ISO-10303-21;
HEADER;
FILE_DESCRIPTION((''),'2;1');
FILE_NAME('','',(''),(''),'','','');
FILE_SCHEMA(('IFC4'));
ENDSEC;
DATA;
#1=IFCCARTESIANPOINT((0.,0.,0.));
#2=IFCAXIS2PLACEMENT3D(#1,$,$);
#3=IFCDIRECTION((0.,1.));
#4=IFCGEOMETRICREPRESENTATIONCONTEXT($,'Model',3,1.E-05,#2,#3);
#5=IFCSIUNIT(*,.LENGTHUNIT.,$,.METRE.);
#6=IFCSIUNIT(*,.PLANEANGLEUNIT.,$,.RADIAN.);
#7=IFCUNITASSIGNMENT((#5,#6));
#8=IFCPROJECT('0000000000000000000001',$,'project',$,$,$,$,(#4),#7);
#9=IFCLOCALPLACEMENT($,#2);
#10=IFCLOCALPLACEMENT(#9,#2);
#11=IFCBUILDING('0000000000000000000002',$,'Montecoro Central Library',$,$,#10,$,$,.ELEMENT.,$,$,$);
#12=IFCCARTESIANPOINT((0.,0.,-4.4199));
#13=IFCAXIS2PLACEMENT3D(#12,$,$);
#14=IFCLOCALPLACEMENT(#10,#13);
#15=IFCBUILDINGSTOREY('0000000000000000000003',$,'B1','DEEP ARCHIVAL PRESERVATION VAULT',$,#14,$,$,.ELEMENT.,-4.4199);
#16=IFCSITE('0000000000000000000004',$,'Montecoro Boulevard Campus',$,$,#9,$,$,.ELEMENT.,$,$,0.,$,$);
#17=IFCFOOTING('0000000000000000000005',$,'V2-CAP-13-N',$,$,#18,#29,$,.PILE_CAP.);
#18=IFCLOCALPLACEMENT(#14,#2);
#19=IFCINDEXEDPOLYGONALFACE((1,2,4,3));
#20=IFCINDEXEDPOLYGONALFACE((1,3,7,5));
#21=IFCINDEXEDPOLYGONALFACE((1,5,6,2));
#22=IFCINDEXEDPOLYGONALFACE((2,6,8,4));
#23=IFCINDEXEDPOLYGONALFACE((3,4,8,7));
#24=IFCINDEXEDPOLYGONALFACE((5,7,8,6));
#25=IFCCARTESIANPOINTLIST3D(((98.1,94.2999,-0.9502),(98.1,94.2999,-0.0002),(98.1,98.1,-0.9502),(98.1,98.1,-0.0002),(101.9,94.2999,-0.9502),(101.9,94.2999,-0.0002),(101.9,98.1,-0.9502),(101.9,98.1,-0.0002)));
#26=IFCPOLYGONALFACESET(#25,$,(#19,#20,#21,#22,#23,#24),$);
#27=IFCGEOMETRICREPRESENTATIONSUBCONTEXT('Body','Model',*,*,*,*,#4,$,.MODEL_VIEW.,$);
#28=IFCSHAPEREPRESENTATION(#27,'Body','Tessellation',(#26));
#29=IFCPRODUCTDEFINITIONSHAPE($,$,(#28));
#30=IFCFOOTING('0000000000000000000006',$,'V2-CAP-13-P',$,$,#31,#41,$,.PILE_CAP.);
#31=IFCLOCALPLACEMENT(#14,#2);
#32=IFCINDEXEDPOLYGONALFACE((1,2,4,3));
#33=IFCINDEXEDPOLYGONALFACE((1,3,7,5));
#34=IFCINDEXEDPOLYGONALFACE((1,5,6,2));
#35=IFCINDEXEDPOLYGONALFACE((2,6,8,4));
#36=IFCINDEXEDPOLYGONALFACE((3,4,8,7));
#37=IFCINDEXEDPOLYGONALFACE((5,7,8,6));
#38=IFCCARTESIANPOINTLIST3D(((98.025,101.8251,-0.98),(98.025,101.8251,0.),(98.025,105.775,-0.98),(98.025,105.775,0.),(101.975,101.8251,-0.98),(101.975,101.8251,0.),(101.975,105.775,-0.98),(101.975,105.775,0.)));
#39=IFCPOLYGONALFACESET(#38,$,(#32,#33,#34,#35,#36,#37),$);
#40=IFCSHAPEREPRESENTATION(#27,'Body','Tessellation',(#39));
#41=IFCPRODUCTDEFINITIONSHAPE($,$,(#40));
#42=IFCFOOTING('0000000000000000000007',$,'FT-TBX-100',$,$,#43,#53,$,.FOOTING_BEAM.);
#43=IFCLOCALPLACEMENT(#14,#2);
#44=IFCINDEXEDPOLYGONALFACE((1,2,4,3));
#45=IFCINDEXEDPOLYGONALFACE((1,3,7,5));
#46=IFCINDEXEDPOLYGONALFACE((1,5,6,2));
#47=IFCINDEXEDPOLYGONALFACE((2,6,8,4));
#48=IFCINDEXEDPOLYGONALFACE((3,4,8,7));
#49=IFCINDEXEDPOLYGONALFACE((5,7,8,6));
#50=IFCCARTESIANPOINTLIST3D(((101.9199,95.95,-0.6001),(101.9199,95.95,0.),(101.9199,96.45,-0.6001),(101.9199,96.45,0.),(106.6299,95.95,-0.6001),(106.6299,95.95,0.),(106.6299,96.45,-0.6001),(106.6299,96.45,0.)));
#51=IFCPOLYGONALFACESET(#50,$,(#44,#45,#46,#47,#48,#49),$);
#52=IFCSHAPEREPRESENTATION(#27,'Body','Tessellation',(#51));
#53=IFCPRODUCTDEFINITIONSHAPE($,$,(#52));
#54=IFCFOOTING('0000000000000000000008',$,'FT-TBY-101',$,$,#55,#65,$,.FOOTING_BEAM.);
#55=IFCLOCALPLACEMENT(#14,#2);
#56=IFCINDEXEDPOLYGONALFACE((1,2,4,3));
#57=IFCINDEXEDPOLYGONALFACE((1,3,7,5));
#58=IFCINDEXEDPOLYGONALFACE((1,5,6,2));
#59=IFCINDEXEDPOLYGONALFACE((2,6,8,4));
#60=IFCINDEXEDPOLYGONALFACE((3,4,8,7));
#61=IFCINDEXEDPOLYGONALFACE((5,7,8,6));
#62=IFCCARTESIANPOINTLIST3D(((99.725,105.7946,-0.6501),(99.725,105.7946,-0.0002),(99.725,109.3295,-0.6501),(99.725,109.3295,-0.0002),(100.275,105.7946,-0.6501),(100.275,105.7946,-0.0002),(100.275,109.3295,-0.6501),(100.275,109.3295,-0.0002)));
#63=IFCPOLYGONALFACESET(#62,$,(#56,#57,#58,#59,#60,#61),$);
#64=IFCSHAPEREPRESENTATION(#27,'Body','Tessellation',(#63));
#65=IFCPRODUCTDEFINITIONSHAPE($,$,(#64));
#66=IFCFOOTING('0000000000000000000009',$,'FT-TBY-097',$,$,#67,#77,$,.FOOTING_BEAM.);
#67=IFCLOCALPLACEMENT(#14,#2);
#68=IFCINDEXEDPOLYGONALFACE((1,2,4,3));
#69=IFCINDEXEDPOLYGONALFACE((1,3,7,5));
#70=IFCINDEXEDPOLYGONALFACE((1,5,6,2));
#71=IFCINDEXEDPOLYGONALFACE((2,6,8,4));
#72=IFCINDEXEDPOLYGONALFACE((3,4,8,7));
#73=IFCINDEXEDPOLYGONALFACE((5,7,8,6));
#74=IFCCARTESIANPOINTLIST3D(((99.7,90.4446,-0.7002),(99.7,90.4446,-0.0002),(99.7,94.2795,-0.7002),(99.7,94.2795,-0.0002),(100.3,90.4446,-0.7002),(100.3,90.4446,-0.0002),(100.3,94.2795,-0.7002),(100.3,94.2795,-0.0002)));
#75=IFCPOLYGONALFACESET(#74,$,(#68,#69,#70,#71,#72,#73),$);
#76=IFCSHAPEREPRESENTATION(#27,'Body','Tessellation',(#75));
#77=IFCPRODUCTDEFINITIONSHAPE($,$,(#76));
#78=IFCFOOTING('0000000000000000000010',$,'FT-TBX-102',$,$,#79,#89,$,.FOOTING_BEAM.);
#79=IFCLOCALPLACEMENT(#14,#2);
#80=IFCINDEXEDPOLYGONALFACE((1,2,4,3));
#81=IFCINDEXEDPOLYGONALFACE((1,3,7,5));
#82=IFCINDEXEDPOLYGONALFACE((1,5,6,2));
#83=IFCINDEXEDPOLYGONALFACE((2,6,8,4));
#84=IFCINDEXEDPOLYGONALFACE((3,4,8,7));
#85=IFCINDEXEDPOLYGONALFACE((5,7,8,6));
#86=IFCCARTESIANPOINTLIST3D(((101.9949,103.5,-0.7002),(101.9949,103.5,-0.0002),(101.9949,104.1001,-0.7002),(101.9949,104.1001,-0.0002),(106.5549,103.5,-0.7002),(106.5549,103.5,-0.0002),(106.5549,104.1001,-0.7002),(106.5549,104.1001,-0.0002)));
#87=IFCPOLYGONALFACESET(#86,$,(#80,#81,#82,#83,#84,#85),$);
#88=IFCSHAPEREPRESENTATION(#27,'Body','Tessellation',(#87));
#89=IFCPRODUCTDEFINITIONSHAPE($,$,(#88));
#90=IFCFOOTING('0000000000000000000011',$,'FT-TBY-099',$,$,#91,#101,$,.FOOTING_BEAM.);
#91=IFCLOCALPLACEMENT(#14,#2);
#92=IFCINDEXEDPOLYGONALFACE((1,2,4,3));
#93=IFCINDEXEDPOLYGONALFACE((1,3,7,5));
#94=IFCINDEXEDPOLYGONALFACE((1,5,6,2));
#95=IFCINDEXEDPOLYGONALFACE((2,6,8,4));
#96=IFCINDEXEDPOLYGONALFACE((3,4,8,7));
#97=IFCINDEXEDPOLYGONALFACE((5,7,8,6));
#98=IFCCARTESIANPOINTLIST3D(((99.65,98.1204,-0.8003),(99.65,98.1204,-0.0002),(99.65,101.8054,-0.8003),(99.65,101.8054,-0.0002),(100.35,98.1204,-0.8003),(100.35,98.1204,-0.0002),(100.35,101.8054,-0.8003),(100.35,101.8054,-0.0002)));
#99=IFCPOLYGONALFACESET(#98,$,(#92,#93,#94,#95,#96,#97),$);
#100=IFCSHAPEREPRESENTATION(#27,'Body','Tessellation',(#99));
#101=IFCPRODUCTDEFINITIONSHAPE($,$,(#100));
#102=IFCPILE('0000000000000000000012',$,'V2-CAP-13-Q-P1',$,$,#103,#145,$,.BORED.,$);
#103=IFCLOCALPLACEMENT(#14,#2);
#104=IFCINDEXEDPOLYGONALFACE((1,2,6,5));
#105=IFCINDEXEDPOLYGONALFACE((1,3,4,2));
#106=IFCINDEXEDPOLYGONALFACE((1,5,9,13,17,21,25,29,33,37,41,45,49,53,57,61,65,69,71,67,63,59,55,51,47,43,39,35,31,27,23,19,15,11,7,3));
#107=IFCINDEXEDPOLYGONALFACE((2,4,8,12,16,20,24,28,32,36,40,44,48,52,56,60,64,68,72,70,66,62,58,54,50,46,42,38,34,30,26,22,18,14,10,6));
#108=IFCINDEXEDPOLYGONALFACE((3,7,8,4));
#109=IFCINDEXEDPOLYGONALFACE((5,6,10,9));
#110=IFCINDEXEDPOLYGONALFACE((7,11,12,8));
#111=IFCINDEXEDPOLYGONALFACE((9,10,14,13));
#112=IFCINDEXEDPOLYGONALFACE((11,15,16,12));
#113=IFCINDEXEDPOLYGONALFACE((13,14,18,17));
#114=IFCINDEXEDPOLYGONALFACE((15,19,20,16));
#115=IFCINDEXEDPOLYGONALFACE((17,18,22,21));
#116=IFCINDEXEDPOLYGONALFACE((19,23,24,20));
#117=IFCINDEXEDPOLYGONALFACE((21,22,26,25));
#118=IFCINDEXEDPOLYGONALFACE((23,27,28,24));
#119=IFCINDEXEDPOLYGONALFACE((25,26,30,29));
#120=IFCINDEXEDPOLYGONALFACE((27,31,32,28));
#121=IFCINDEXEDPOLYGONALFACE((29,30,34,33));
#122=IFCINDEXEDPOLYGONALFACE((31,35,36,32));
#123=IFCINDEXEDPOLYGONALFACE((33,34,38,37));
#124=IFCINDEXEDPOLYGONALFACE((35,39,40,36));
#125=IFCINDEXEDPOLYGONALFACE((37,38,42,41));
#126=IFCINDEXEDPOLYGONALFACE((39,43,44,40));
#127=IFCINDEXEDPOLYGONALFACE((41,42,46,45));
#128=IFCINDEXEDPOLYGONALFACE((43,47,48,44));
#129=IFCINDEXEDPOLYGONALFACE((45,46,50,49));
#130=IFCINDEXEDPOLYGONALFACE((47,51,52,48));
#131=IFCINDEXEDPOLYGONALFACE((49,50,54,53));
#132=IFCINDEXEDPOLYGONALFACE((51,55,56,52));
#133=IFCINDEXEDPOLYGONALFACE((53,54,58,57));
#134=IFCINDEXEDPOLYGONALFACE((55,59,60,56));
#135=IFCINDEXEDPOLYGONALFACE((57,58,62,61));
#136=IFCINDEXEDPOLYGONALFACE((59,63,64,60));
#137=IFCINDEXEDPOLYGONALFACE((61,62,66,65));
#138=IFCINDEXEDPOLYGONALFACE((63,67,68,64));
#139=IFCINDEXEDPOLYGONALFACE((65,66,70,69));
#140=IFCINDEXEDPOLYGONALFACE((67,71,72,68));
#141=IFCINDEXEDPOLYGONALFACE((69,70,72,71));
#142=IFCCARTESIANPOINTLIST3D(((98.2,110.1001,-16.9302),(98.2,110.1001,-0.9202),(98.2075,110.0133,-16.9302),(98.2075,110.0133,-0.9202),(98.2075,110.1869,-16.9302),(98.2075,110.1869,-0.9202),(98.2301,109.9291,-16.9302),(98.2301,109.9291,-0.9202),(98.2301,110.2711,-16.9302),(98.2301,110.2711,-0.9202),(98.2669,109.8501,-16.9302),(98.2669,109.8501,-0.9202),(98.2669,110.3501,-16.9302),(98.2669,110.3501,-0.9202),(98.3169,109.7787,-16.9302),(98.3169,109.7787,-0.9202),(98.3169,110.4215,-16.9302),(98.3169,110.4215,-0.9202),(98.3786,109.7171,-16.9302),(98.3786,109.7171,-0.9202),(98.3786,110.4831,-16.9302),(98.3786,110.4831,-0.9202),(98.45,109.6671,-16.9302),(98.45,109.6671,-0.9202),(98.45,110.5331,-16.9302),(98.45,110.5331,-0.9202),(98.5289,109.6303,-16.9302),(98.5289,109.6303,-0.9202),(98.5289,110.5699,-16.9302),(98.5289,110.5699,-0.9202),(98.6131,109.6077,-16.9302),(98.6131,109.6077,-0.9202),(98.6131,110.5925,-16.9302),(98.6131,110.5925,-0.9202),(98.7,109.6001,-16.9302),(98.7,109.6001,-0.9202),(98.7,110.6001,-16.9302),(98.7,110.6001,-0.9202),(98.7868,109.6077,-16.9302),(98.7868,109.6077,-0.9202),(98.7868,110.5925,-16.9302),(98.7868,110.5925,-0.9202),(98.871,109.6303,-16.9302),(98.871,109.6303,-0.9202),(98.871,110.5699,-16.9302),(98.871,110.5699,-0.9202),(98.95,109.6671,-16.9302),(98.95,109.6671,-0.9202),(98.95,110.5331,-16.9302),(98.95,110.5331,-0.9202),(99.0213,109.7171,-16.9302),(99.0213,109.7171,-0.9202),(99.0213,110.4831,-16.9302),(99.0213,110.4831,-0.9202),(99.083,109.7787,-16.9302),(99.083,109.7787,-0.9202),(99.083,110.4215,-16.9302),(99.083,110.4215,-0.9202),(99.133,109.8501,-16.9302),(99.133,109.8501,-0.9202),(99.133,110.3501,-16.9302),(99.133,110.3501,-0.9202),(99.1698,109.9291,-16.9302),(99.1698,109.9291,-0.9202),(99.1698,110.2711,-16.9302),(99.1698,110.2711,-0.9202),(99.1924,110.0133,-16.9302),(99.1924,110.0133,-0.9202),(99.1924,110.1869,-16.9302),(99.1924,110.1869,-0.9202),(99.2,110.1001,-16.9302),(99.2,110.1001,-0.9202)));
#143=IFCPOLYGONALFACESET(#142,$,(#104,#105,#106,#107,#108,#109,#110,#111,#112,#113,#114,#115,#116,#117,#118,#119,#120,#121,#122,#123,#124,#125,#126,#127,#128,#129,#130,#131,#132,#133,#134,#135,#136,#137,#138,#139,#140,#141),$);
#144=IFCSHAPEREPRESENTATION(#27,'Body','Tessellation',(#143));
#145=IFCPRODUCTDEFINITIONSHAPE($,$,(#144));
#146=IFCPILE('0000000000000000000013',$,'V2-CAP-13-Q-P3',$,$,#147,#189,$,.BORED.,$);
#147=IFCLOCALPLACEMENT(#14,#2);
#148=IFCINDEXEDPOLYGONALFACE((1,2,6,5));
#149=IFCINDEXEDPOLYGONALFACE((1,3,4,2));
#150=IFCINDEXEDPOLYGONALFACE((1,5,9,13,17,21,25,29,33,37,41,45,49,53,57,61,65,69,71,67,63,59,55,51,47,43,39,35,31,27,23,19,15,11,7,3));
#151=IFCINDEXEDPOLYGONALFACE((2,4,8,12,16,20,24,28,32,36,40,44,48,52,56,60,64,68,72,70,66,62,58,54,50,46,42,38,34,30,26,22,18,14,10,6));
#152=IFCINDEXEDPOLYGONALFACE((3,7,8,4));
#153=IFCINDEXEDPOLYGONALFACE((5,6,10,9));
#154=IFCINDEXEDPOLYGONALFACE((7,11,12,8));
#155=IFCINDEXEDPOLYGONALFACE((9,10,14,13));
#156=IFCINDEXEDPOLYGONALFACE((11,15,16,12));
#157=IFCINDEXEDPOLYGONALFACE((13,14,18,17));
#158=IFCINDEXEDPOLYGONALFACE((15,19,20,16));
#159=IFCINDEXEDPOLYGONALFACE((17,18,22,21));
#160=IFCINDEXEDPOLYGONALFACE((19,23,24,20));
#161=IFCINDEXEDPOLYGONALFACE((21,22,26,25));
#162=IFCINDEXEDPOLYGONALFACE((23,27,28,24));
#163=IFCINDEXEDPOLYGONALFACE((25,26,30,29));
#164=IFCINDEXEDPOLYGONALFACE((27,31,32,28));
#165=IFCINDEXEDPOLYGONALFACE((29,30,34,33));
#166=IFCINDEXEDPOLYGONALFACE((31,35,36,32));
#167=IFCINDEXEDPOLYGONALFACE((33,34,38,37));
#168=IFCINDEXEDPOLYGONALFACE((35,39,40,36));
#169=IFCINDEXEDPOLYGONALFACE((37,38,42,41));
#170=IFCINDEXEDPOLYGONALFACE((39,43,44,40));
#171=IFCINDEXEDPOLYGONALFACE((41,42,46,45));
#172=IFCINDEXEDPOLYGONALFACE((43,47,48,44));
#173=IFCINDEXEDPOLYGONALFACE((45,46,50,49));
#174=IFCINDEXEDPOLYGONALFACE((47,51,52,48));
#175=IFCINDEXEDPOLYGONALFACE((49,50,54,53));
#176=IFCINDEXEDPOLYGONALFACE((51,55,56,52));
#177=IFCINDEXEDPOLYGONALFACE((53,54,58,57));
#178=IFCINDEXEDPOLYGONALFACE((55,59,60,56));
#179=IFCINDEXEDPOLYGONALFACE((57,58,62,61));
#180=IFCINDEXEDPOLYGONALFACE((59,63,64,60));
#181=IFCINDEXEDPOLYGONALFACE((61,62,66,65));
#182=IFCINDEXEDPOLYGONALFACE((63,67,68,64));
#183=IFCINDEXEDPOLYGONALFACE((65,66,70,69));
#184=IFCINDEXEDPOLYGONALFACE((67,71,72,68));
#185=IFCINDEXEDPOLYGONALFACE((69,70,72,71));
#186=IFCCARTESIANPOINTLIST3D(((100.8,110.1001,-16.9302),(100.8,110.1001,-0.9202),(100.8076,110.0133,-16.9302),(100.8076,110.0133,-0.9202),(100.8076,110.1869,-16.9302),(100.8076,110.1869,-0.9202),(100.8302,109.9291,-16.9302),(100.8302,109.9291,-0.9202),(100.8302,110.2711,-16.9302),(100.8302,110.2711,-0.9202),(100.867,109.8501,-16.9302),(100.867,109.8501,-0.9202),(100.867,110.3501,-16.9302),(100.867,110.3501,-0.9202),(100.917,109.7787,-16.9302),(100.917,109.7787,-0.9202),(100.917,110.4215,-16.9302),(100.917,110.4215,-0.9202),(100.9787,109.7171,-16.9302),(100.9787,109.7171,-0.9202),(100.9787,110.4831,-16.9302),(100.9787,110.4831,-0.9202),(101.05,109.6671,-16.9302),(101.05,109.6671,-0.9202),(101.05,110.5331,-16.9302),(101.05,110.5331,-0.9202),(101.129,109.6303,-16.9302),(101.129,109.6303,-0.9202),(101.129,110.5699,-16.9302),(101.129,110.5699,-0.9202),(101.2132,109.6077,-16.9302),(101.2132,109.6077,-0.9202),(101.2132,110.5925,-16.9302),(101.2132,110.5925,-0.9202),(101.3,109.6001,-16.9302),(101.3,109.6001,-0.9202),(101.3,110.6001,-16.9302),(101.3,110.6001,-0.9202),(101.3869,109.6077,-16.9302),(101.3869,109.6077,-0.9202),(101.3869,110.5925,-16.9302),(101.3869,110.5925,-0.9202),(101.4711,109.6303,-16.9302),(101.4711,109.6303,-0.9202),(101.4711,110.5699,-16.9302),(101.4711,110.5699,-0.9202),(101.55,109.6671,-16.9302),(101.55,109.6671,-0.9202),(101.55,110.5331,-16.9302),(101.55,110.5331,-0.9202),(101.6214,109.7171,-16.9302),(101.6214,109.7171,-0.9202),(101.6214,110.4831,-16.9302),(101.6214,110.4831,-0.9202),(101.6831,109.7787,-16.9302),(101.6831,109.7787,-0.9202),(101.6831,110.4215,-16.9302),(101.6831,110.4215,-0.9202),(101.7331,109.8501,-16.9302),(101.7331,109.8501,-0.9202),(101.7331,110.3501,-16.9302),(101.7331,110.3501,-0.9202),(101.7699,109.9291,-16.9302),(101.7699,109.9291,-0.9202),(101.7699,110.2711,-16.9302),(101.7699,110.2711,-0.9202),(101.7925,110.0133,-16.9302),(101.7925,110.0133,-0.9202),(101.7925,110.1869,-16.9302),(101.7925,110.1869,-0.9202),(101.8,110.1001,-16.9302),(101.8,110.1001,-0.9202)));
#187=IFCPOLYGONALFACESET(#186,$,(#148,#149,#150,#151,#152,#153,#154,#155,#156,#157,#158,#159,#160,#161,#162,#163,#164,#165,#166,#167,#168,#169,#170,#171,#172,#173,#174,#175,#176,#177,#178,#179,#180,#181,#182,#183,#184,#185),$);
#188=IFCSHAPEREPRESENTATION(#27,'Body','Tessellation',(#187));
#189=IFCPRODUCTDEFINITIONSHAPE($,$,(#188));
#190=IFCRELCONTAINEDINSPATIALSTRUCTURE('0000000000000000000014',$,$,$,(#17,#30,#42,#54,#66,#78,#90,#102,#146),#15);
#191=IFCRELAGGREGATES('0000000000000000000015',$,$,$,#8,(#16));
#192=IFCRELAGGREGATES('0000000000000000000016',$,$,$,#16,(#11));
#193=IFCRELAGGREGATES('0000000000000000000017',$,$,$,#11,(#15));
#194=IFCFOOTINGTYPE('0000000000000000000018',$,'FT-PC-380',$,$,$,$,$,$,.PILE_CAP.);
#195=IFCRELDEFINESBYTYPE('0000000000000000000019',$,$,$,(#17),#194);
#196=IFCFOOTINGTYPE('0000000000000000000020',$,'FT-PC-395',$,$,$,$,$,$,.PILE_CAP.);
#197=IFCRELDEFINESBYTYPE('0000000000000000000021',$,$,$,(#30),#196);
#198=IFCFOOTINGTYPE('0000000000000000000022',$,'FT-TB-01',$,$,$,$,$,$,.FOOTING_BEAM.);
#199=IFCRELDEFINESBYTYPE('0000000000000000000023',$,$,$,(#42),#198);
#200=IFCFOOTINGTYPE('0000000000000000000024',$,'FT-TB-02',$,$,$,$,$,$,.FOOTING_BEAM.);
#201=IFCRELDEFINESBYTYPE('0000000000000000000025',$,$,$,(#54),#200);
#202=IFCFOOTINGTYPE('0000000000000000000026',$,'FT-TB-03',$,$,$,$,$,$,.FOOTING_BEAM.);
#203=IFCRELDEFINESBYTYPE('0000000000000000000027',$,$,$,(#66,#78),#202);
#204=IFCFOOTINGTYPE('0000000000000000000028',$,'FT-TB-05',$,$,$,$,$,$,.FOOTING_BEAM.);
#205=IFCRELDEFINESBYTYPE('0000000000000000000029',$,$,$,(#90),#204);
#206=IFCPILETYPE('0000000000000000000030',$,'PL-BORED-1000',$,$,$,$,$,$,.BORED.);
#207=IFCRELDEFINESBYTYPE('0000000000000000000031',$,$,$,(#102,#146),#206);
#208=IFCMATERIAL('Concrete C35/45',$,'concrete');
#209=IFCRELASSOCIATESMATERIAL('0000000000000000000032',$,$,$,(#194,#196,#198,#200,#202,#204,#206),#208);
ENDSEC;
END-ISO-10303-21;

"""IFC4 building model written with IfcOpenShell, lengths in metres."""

from ifc_helpers import new_model, si_unit, direction, frame, origin, origin_2d, place, context, subcontext, project, spatial, rectangle, circle, extrude, material, material_profile, profile_set, type_object, element, save


model = new_model("IFC4")

# Units and contexts
model_context = context("Model", 3, precision=1e-05, world=origin(), true_north=direction((0.0, 1.0)))
body_context = subcontext(model_context, "Body", "Model", "MODEL_VIEW")
ifc_project = project(units=[si_unit("LENGTHUNIT", "METRE"), si_unit("PLANEANGLEUNIT", "RADIAN")], contexts=[model_context])

# Site, building, storey
site_placement = place(None, origin())
site = spatial("IfcSite", under=ifc_project, at=site_placement, Name="Montecoro Boulevard Campus", CompositionType="ELEMENT", RefElevation=0.0)
building_placement = place(site_placement, origin())
building = spatial("IfcBuilding", under=site, at=building_placement, Name="Montecoro Central Library", CompositionType="ELEMENT")
storey_placement = place(building_placement, frame((0.0, 0.0, -4.4199)))
storey = spatial("IfcBuildingStorey", under=building, at=storey_placement, Name="B1", Description="DEEP ARCHIVAL PRESERVATION VAULT", CompositionType="ELEMENT", Elevation=-4.4199)

# Footings
ifc_material_1 = material(Name="Concrete C35/45", Category="concrete")
footing_type_1 = type_object("IfcFootingType", Name="FT-PC-380", PredefinedType="PILE_CAP", material=ifc_material_1)
footing_1_placement = place(storey_placement, frame((100.0, 96.2, -0.9502), z_axis=(0.0, 0.0, 1.0), x_axis=(1.0, 0.0, 0.0)))
element("IfcFooting", 1, at=footing_1_placement, inside=storey, type_object=footing_type_1, Name="V2-CAP-13-N", PredefinedType="PILE_CAP", context=body_context, shape_type="SweptSolid", body=[
    extrude(rectangle(XDim=3.8, YDim=3.8, at=origin_2d()), origin(), (0.0, 0.0, 1.0), 0.95),
])
footing_type_2 = type_object("IfcFootingType", Name="FT-PC-395", PredefinedType="PILE_CAP", material=ifc_material_1)
footing_2_placement = place(storey_placement, frame((100.0, 103.8, -0.98), z_axis=(0.0, 0.0, 1.0), x_axis=(1.0, 0.0, 0.0)))
element("IfcFooting", 2, at=footing_2_placement, inside=storey, type_object=footing_type_2, Name="V2-CAP-13-P", PredefinedType="PILE_CAP", context=body_context, shape_type="SweptSolid", body=[
    extrude(rectangle(XDim=3.95, YDim=3.95, at=origin_2d()), origin(), (0.0, 0.0, 1.0), 0.98),
])
footing_type_3 = type_object("IfcFootingType", Name="FT-TB-01", PredefinedType="FOOTING_BEAM", material=ifc_material_1)
footing_3_placement = place(storey_placement, frame((104.2749, 96.2, -0.6001), z_axis=(0.0, 0.0, 1.0), x_axis=(1.0, 0.0, 0.0)))
element("IfcFooting", 3, at=footing_3_placement, inside=storey, type_object=footing_type_3, Name="FT-TBX-100", PredefinedType="FOOTING_BEAM", context=body_context, shape_type="SweptSolid", body=[
    extrude(rectangle(XDim=4.71, YDim=0.5, at=origin_2d()), origin(), (0.0, 0.0, 1.0), 0.6001),
])
footing_type_4 = type_object("IfcFootingType", Name="FT-TB-02", PredefinedType="FOOTING_BEAM", material=ifc_material_1)
footing_4_placement = place(storey_placement, frame((100.0, 107.562, -0.6501), z_axis=(0.0, 0.0, 1.0), x_axis=(1.0, 0.0, 0.0)))
element("IfcFooting", 4, at=footing_4_placement, inside=storey, type_object=footing_type_4, Name="FT-TBY-101", PredefinedType="FOOTING_BEAM", context=body_context, shape_type="SweptSolid", body=[
    extrude(rectangle(XDim=0.55, YDim=3.5349, at=origin_2d()), origin(), (0.0, 0.0, 1.0), 0.6499),
])
footing_type_5 = type_object("IfcFootingType", Name="FT-TB-03", PredefinedType="FOOTING_BEAM", material=ifc_material_1)
footing_5_placement = place(storey_placement, frame((100.0, 92.3621, -0.7002), z_axis=(0.0, 0.0, 1.0), x_axis=(1.0, 0.0, 0.0)))
element("IfcFooting", 5, at=footing_5_placement, inside=storey, type_object=footing_type_5, Name="FT-TBY-097", PredefinedType="FOOTING_BEAM", context=body_context, shape_type="SweptSolid", body=[
    extrude(rectangle(XDim=0.6001, YDim=3.835, at=origin_2d()), origin(), (0.0, 0.0, 1.0), 0.7),
])
footing_6_placement = place(storey_placement, frame((104.2749, 103.8, -0.7002), z_axis=(0.0, 0.0, 1.0), x_axis=(1.0, 0.0, 0.0)))
element("IfcFooting", 6, at=footing_6_placement, inside=storey, type_object=footing_type_5, Name="FT-TBX-102", PredefinedType="FOOTING_BEAM", context=body_context, shape_type="SweptSolid", body=[
    extrude(rectangle(XDim=4.5601, YDim=0.6001, at=origin_2d()), origin(), (0.0, 0.0, 1.0), 0.7),
])
footing_type_6 = type_object("IfcFootingType", Name="FT-TB-05", PredefinedType="FOOTING_BEAM", material=ifc_material_1)
footing_7_placement = place(storey_placement, frame((100.0, 99.9629, -0.8003), z_axis=(0.0, 0.0, 1.0), x_axis=(1.0, 0.0, 0.0)))
element("IfcFooting", 7, at=footing_7_placement, inside=storey, type_object=footing_type_6, Name="FT-TBY-099", PredefinedType="FOOTING_BEAM", context=body_context, shape_type="SweptSolid", body=[
    extrude(rectangle(XDim=0.7, YDim=3.6851, at=origin_2d()), origin(), (0.0, 0.0, 1.0), 0.8),
])

# Piles
ifc_material_profile_1 = material_profile(ifc_material_1, circle(Radius=0.5, at=origin_2d()), Name="PILE D1000")
ifc_profile_set_1 = profile_set([ifc_material_profile_1], Name="Concrete C35/45")
pile_type_1 = type_object("IfcPileType", Name="PL-BORED-1000", PredefinedType="BORED", material=ifc_profile_set_1)
for number, where, z_axis, x_axis, name in (
    (8, (98.7, 110.1001, -0.9202), (0.0, 0.0, -1.0), (1.0, 0.0, 0.0), "V2-CAP-13-Q-P1"),
    (9, (101.3, 110.1001, -0.9202), (0.0, 0.0, -1.0), (1.0, 0.0, 0.0), "V2-CAP-13-Q-P3"),
):
    element("IfcPile", number, at=place(storey_placement, frame(where, z_axis=z_axis, x_axis=x_axis)), inside=storey, type_object=pile_type_1, Name=name, PredefinedType="BORED", context=body_context, shape_type="SweptSolid", body=[
        extrude(circle(Radius=0.5, at=origin_2d()), origin(), (0.0, 0.0, 1.0), 16.01),
    ])

save(model, "model.ifc")
